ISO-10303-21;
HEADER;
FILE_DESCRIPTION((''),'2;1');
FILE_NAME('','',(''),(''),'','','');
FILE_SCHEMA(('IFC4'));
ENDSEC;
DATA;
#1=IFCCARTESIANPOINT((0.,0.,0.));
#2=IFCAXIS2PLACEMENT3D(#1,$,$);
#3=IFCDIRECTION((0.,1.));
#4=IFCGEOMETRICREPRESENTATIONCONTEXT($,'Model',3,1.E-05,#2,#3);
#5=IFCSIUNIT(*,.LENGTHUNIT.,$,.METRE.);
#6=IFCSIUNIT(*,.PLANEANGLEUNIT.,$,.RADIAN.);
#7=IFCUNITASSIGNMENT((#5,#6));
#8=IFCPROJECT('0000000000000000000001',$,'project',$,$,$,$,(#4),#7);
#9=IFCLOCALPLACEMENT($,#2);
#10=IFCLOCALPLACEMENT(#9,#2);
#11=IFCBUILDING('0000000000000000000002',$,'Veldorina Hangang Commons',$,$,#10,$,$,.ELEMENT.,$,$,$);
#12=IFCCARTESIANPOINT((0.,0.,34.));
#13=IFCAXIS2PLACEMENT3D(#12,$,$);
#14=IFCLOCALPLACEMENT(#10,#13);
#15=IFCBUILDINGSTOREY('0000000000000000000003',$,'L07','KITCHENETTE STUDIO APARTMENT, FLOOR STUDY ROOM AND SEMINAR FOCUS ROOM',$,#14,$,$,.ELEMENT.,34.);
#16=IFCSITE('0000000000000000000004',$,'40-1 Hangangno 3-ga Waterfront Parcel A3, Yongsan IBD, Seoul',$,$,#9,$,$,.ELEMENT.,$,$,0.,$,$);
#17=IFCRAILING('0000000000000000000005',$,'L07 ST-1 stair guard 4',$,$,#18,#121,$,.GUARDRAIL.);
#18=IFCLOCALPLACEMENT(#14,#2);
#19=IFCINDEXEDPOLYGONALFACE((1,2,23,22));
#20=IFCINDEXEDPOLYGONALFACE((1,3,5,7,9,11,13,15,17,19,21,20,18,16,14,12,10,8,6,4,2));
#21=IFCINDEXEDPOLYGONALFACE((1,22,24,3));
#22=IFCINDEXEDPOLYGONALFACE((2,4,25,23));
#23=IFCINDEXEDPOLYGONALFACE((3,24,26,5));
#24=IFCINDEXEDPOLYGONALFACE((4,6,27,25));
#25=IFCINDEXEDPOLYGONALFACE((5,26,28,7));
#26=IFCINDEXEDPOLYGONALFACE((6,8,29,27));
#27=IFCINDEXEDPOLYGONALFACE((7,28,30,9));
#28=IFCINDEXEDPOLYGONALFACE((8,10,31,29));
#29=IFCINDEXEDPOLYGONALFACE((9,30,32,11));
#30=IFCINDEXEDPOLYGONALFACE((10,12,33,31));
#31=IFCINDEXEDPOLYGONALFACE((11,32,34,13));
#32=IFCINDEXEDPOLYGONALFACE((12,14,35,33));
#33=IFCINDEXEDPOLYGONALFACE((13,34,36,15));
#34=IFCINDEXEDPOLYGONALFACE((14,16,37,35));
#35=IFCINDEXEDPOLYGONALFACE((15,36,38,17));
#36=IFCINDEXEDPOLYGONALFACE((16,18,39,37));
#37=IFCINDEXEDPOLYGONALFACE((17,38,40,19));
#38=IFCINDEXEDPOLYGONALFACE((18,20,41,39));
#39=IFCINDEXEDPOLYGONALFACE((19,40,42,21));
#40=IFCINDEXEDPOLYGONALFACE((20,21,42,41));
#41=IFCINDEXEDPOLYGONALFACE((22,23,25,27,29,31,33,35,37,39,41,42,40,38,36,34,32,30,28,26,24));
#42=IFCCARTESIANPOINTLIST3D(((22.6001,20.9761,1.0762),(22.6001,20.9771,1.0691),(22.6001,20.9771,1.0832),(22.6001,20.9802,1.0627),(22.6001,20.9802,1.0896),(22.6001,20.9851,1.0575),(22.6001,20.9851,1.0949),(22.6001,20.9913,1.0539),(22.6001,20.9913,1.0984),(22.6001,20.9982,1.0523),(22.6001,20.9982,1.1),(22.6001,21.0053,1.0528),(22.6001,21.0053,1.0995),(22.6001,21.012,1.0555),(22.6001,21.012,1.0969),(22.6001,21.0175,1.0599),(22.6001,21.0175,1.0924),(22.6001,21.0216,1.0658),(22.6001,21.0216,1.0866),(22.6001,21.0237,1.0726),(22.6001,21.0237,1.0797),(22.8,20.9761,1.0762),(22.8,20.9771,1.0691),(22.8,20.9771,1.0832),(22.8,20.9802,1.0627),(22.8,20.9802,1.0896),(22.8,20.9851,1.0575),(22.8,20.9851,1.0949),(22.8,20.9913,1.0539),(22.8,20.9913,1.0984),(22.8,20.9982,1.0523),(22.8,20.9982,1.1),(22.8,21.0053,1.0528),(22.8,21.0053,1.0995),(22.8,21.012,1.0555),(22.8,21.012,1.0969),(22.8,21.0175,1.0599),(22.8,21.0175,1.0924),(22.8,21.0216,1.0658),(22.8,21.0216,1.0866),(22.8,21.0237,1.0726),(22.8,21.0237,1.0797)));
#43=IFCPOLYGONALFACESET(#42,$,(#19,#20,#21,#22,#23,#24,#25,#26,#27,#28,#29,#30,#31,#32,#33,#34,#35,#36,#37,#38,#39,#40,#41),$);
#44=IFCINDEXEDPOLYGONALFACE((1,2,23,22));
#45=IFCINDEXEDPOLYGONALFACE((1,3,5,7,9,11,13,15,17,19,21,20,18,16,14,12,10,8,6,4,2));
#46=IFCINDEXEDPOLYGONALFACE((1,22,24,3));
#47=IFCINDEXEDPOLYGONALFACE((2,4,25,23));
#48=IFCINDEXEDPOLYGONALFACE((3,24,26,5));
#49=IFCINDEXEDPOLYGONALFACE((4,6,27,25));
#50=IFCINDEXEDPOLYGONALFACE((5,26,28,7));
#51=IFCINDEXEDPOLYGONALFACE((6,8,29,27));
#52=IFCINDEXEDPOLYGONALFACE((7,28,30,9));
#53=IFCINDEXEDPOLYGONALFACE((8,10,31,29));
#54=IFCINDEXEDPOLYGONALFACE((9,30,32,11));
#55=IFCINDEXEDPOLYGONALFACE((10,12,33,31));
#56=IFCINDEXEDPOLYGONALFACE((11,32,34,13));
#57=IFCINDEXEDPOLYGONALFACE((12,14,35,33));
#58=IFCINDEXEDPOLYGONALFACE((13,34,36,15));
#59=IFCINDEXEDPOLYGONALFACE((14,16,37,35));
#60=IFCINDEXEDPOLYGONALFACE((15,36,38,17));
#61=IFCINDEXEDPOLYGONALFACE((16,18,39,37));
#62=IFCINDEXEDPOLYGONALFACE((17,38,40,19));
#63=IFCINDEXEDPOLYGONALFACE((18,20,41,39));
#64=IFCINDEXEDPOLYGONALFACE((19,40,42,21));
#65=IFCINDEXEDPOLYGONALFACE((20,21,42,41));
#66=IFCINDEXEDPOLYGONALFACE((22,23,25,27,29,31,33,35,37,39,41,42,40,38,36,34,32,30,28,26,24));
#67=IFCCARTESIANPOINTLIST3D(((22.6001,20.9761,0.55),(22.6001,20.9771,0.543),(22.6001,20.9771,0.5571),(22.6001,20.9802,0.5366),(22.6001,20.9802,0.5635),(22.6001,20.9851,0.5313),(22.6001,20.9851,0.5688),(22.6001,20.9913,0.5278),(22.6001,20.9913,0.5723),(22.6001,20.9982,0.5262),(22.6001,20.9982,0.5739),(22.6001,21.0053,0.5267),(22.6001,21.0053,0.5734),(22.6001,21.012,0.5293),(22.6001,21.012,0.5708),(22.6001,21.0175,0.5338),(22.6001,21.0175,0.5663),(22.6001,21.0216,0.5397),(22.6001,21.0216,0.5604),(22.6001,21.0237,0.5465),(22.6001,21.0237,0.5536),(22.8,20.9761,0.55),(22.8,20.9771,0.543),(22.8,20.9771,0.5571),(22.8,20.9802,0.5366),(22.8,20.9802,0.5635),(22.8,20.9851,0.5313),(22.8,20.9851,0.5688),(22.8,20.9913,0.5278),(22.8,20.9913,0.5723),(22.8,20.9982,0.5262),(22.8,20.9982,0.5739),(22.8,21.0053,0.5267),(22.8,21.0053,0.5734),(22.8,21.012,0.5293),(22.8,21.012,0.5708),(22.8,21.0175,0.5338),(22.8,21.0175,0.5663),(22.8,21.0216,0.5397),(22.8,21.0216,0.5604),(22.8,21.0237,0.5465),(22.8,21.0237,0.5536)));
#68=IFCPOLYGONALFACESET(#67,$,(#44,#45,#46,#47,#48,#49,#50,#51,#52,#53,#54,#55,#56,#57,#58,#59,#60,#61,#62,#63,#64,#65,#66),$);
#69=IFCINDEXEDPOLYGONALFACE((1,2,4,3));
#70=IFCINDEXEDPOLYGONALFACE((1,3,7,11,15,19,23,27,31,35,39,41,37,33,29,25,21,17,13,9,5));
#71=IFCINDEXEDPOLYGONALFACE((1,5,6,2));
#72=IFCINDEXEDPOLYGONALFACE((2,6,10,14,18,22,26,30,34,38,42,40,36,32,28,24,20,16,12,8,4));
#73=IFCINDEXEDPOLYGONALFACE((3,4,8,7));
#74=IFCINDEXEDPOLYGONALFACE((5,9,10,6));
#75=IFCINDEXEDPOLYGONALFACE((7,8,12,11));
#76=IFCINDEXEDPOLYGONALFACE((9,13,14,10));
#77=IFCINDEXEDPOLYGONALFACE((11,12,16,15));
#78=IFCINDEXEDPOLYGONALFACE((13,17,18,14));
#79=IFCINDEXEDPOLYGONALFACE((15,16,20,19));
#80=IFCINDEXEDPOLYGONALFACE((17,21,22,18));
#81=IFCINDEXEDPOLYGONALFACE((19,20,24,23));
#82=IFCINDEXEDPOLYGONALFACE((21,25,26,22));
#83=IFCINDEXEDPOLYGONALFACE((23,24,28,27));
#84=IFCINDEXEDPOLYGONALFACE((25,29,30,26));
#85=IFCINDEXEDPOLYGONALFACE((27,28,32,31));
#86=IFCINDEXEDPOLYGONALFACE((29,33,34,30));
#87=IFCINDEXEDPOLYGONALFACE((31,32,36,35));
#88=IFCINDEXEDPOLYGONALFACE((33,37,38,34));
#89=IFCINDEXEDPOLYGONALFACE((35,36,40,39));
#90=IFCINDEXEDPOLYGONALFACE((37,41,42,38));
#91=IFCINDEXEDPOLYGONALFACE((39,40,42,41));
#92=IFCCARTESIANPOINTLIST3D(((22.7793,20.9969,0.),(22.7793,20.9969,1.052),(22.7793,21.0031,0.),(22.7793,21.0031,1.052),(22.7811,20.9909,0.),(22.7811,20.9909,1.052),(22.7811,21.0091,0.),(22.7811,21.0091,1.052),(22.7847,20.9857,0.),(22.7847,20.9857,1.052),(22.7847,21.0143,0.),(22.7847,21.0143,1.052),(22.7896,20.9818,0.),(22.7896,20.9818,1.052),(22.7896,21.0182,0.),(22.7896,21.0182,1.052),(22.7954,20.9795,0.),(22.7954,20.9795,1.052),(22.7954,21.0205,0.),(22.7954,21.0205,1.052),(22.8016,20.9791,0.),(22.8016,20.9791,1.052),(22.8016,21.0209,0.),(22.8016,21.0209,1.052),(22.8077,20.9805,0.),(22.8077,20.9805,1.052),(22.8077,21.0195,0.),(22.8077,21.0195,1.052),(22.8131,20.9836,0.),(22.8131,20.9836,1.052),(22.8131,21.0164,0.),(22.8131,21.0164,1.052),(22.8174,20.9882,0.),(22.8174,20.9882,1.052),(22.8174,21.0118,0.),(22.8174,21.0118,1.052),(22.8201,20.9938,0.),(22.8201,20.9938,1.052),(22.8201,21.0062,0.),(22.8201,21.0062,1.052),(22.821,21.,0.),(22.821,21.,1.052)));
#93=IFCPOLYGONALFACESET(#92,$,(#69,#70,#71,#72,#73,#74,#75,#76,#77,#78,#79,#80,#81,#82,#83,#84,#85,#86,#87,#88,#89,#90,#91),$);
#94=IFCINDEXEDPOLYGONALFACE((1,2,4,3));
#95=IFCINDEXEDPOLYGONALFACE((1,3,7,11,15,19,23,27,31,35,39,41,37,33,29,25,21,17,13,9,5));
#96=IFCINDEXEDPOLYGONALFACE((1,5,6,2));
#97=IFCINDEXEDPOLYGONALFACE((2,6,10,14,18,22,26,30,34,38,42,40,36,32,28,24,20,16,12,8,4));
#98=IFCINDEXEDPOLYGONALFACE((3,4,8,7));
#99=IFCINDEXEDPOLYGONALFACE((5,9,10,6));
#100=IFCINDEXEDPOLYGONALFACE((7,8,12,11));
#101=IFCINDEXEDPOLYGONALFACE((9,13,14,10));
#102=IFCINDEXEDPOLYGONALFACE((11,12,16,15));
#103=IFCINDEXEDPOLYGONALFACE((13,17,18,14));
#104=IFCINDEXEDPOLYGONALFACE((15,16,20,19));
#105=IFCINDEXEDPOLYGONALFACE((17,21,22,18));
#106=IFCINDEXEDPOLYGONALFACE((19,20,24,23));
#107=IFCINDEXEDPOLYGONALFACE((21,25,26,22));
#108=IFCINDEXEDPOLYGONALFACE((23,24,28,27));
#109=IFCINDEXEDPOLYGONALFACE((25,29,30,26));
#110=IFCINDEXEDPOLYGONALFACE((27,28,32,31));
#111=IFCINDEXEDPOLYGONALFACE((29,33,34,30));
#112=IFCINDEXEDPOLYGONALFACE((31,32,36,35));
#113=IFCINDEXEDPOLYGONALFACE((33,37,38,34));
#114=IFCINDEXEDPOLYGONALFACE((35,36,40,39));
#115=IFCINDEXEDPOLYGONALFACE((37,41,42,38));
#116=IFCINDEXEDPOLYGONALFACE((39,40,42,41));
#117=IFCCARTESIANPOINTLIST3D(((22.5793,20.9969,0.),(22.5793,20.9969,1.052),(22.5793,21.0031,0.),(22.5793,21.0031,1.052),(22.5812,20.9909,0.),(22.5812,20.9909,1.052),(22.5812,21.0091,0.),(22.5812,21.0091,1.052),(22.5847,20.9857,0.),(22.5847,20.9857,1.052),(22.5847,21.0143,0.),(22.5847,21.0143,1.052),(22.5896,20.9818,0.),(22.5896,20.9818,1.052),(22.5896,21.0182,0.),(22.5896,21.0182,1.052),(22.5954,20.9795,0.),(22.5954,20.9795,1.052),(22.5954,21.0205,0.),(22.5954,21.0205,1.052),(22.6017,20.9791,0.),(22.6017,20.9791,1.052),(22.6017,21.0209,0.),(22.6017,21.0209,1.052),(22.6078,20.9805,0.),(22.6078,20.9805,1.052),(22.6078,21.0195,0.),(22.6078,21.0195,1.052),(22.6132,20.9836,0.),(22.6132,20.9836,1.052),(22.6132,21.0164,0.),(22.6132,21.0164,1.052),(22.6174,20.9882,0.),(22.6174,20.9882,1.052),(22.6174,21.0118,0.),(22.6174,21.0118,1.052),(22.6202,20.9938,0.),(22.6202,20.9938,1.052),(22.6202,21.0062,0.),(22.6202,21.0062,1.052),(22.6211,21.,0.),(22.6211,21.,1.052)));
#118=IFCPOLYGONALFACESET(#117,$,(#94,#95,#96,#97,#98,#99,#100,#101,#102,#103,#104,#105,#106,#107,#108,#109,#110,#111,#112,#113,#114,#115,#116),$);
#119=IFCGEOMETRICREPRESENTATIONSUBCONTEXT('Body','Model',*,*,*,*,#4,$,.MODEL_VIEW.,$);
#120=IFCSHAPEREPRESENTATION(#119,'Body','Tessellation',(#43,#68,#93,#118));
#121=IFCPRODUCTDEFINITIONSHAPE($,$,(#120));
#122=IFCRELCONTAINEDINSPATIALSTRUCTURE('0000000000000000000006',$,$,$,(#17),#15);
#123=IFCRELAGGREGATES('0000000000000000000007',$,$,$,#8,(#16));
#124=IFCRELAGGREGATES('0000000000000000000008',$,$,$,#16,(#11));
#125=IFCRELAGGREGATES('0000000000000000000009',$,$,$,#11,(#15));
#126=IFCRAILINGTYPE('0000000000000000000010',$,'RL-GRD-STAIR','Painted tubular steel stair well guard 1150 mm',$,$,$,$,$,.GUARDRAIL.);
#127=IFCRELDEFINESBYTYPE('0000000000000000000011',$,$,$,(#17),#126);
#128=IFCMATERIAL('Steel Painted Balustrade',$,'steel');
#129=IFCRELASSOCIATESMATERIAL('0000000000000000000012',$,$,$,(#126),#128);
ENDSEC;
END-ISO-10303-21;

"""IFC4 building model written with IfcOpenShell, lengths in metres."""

from ifc_helpers import new_model, si_unit, direction, frame, origin, origin_2d, place, context, subcontext, project, spatial, circle, extrude, material, type_object, element, save


model = new_model("IFC4")

# Units and contexts
model_context = context("Model", 3, precision=1e-05, world=origin(), true_north=direction((0.0, 1.0)))
body_context = subcontext(model_context, "Body", "Model", "MODEL_VIEW")
ifc_project = project(units=[si_unit("LENGTHUNIT", "METRE"), si_unit("PLANEANGLEUNIT", "RADIAN")], contexts=[model_context])

# Site, building, storey
site_placement = place(None, origin())
site = spatial("IfcSite", under=ifc_project, at=site_placement, Name="40-1 Hangangno 3-ga Waterfront Parcel A3, Yongsan IBD, Seoul", CompositionType="ELEMENT", RefElevation=0.0)
building_placement = place(site_placement, origin())
building = spatial("IfcBuilding", under=site, at=building_placement, Name="Veldorina Hangang Commons", CompositionType="ELEMENT")
storey_placement = place(building_placement, frame((0.0, 0.0, 34.0)))
storey = spatial("IfcBuildingStorey", under=building, at=storey_placement, Name="L07", Description="KITCHENETTE STUDIO APARTMENT, FLOOR STUDY ROOM AND SEMINAR FOCUS ROOM", CompositionType="ELEMENT", Elevation=34.0)

# Railing
ifc_material_1 = material(Name="Steel Painted Balustrade", Category="steel")
railing_type_1 = type_object("IfcRailingType", Name="RL-GRD-STAIR", Description="Painted tubular steel stair well guard 1150 mm", PredefinedType="GUARDRAIL", material=ifc_material_1)
railing_1_placement = place(storey_placement, frame((22.8, 21.0, 0.0)))
element("IfcRailing", 1, at=railing_1_placement, inside=storey, type_object=railing_type_1, Name="L07 ST-1 stair guard 4", PredefinedType="GUARDRAIL", context=body_context, shape_type="SweptSolid", body=[
    extrude(circle(Radius=0.0239, at=origin_2d()), frame((0.0, 0.0, 1.0762), z_axis=(-1.0, 0.0, 0.0), x_axis=(0.0, -1.0, 0.0)), (0.0, 0.0, 1.0), 0.2),
    extrude(circle(Radius=0.0239, at=origin_2d()), frame((0.0, 0.0, 0.55), z_axis=(-1.0, 0.0, 0.0), x_axis=(0.0, -1.0, 0.0)), (0.0, 0.0, 1.0), 0.2),
    extrude(circle(Radius=0.021, at=origin_2d()), origin(), (0.0, 0.0, 1.0), 1.052),
    extrude(circle(Radius=0.021, at=origin_2d()), frame((-0.2, 0.0, 0.0)), (0.0, 0.0, 1.0), 1.052),
])

save(model, "model.ifc")
